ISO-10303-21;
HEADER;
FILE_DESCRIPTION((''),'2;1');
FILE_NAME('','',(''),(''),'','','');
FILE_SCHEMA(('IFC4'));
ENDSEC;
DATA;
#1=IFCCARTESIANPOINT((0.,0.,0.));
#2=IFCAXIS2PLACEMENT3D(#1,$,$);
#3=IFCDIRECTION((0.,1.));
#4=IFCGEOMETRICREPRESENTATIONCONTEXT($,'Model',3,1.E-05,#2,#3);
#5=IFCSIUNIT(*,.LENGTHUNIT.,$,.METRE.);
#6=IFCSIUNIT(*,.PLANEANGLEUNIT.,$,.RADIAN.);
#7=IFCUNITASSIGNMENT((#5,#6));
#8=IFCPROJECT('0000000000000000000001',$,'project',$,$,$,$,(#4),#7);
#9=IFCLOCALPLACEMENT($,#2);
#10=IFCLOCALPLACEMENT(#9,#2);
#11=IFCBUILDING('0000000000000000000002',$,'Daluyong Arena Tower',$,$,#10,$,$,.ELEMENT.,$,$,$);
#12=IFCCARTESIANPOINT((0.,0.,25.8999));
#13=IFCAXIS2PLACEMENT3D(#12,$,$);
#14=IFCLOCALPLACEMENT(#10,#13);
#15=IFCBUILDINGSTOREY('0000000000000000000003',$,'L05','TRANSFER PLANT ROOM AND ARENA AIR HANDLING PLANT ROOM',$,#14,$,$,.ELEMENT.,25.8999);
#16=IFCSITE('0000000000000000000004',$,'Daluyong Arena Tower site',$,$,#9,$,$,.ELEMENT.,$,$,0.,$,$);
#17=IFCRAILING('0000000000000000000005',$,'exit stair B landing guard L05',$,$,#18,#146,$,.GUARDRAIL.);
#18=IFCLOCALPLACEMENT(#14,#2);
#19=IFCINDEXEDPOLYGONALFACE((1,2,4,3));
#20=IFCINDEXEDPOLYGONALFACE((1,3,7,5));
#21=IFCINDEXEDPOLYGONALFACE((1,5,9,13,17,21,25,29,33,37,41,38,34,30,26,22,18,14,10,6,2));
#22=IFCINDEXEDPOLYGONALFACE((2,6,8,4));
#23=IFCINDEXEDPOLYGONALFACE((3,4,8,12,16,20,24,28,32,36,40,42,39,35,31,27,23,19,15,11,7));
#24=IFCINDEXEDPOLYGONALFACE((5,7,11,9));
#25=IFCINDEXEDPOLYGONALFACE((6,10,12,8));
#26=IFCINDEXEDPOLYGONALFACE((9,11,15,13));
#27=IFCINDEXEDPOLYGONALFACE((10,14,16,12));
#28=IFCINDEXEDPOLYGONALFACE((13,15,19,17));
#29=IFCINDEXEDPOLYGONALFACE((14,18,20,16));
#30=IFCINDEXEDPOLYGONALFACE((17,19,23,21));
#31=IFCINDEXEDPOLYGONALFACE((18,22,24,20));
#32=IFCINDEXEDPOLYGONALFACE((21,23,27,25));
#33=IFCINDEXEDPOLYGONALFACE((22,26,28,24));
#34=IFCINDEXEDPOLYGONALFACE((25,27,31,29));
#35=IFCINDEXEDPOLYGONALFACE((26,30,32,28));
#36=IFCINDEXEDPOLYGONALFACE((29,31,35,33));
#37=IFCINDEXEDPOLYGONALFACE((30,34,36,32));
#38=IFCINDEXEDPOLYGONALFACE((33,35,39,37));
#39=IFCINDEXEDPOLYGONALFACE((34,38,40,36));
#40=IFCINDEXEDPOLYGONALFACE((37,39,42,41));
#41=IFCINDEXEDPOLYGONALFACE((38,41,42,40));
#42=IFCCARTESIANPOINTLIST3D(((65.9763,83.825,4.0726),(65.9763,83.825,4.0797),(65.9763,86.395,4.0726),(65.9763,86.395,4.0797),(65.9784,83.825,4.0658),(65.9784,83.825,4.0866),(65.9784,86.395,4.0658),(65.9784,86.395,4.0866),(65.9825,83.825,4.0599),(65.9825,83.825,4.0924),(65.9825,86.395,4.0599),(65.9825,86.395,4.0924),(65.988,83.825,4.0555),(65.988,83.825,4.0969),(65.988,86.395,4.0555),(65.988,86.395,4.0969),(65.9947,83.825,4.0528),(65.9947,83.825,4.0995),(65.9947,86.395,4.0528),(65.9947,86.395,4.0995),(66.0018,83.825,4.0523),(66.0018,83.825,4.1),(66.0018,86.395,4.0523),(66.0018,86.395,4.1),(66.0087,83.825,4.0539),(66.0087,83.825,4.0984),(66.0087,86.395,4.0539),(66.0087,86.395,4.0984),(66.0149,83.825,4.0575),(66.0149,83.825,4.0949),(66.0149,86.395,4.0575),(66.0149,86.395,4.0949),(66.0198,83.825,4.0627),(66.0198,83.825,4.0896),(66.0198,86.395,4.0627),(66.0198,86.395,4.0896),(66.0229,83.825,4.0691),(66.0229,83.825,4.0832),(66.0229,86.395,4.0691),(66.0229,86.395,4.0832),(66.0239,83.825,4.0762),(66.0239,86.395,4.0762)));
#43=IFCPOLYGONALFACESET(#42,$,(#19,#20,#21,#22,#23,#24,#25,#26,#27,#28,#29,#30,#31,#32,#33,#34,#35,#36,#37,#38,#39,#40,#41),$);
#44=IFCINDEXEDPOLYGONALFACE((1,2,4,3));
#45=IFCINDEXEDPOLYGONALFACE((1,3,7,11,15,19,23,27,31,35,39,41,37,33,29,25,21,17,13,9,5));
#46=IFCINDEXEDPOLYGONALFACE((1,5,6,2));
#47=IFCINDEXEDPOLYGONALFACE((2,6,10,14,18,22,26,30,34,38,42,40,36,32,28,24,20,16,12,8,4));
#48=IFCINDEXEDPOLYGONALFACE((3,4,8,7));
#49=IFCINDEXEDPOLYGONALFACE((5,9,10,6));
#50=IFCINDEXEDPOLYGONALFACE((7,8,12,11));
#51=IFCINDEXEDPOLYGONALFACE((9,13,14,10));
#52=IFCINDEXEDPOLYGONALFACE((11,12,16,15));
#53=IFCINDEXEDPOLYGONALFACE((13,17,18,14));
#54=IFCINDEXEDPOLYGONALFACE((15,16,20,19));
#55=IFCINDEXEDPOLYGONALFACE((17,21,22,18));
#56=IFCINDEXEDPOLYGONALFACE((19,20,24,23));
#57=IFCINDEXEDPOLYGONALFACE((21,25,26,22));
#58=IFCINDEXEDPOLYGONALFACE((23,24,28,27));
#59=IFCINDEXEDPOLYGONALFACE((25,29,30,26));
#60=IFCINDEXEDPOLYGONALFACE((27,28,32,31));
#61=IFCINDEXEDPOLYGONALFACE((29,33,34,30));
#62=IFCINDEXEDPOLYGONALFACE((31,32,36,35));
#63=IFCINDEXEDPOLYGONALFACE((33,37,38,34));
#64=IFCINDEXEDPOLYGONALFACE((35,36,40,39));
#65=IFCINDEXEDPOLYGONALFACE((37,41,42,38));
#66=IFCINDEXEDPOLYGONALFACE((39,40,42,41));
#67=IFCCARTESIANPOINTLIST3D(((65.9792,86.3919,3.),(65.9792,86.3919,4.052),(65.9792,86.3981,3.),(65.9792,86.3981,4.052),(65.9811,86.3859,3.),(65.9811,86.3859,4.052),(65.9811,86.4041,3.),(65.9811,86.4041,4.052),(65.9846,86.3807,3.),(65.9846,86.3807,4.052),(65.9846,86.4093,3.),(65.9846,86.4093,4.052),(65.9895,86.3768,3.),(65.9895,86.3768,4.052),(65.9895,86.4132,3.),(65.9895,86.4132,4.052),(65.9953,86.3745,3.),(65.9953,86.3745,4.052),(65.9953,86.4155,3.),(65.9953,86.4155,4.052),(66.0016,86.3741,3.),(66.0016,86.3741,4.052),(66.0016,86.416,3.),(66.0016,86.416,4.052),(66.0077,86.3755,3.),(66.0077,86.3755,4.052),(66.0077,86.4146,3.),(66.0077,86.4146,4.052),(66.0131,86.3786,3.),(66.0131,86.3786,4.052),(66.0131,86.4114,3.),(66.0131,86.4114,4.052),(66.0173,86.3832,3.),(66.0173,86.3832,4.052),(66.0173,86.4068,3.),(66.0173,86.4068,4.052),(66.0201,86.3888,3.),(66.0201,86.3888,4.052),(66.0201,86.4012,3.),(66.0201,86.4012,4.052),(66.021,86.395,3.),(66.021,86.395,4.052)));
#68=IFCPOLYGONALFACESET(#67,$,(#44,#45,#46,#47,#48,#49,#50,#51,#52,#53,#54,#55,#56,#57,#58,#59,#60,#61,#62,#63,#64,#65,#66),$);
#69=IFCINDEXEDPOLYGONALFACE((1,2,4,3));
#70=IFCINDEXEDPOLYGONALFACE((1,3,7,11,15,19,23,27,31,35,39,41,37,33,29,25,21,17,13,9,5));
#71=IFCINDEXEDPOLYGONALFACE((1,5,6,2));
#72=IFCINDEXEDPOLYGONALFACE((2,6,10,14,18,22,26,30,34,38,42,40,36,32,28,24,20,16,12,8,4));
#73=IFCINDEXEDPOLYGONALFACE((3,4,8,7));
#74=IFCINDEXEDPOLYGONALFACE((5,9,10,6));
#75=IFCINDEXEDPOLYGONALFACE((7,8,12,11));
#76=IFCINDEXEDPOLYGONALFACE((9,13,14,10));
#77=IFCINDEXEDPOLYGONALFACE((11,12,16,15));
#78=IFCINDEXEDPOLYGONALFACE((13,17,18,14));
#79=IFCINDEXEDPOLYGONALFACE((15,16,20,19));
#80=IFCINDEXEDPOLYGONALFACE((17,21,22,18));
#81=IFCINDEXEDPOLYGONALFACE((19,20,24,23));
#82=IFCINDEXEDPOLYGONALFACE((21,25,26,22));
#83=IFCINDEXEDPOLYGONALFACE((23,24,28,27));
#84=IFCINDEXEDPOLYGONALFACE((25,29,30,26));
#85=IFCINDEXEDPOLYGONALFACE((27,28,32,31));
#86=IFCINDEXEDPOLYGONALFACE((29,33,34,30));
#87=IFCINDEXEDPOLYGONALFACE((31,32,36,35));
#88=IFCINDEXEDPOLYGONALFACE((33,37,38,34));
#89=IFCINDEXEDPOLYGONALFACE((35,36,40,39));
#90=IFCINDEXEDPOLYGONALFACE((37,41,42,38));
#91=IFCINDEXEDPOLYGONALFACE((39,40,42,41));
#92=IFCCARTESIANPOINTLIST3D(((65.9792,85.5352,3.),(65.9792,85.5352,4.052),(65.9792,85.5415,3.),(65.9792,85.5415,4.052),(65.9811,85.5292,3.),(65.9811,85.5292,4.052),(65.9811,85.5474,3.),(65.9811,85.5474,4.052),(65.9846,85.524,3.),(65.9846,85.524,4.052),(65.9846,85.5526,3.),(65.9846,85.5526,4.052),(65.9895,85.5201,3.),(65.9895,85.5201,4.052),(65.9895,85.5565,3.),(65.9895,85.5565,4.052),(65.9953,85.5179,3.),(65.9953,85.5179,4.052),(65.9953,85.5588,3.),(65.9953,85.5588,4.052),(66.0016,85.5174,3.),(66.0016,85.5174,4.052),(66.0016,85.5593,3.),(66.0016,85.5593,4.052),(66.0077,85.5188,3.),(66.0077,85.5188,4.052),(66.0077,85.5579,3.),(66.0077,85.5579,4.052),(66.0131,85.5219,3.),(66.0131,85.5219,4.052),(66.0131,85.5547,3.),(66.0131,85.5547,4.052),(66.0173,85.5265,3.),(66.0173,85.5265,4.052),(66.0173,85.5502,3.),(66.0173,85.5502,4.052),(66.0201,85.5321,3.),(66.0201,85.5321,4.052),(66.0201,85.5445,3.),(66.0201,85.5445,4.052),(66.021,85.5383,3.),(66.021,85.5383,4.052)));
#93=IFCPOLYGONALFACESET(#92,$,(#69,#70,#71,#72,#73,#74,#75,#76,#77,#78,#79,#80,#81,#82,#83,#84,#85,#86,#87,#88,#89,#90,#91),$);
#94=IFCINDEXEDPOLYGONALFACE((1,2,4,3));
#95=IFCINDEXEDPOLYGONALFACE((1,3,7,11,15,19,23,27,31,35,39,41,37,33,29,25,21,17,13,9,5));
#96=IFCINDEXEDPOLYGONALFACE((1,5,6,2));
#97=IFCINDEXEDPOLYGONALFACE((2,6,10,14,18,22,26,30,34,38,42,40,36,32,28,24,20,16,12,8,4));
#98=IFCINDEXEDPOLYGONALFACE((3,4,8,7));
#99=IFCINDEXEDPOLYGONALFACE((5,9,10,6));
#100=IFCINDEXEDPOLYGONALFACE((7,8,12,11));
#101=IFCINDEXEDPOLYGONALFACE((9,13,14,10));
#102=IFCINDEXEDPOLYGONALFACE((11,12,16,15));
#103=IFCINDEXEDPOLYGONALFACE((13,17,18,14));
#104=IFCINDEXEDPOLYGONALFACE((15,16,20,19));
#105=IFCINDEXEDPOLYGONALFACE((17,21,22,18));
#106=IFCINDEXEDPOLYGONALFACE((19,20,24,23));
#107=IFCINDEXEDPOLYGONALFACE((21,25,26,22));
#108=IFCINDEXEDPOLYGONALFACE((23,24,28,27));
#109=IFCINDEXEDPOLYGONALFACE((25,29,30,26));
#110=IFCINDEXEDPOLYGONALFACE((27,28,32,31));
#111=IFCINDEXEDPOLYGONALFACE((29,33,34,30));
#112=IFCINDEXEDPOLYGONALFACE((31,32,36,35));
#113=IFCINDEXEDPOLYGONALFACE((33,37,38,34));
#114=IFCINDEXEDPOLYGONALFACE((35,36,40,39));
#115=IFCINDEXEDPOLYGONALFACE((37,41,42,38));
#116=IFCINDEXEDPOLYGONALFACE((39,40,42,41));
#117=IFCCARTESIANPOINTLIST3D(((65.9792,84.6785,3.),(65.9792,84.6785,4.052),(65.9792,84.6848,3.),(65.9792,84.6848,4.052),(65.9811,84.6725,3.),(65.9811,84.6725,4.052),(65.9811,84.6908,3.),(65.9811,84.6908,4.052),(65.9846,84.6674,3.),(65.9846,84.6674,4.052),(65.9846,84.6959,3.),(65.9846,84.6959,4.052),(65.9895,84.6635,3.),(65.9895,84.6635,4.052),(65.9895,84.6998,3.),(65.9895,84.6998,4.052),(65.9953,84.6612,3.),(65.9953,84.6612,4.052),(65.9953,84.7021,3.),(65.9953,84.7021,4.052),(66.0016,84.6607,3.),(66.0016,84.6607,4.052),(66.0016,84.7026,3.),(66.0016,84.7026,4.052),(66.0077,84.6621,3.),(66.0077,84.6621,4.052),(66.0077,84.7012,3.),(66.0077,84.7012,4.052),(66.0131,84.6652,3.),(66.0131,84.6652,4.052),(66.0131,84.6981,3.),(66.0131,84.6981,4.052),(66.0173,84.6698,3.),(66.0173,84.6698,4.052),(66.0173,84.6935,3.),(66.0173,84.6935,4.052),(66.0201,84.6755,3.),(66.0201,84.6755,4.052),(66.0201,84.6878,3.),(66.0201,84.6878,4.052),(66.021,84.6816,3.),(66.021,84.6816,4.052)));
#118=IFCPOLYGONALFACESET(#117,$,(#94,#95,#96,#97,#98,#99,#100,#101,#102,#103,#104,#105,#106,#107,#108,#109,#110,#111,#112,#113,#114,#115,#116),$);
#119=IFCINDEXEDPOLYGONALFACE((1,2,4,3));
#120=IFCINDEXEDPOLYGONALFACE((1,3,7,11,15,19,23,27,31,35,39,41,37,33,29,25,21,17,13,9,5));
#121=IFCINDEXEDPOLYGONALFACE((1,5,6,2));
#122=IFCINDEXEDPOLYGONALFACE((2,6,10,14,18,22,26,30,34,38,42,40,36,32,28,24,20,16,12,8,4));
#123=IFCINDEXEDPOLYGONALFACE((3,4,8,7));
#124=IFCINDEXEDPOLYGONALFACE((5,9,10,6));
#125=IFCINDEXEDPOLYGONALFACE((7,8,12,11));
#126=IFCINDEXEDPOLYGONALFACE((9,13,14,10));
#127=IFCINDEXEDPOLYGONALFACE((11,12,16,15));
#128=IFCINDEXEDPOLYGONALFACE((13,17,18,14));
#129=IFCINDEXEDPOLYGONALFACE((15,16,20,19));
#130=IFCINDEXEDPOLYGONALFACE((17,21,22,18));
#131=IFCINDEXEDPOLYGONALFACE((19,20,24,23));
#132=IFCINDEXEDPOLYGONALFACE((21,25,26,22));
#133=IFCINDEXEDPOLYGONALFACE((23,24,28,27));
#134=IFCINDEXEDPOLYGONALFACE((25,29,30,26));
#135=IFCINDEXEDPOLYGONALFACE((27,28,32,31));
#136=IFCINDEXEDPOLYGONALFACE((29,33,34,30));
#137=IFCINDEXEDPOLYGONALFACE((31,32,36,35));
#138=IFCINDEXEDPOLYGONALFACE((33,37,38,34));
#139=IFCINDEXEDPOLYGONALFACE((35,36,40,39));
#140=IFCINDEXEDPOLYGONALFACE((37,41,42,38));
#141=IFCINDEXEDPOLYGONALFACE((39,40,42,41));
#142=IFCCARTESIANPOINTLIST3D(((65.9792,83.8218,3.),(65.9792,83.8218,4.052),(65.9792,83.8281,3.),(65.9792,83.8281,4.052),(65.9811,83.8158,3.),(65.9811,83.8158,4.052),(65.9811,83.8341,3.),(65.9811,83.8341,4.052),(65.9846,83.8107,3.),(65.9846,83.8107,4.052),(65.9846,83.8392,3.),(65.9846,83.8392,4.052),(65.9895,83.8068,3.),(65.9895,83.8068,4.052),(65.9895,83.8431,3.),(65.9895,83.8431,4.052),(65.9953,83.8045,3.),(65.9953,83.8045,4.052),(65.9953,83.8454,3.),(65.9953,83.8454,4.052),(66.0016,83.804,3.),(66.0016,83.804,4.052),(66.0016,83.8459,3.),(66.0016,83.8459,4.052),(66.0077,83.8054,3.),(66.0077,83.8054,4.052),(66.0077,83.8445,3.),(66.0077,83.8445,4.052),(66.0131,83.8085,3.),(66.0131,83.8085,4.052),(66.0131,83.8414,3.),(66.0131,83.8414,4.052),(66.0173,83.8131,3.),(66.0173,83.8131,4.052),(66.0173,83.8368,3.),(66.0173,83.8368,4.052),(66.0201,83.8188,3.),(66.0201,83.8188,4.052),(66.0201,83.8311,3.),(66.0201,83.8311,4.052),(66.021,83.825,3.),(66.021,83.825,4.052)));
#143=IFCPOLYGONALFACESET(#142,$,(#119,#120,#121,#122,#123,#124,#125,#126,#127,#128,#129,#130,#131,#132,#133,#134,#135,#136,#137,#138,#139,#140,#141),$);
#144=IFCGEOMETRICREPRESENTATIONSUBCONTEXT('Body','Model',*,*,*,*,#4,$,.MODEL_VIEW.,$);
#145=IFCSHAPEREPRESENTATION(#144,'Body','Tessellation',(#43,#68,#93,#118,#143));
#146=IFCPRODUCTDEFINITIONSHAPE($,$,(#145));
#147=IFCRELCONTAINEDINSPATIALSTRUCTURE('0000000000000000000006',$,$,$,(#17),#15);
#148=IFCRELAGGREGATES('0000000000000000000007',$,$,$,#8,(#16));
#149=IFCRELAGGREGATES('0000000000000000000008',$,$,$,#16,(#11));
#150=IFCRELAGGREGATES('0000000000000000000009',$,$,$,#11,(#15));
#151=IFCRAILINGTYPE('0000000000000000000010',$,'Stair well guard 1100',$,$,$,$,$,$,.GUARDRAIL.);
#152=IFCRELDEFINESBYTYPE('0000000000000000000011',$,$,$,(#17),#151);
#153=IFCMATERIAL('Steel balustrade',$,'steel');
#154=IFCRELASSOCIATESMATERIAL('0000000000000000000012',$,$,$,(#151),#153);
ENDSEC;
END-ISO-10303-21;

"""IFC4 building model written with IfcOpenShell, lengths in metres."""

from ifc_helpers import new_model, si_unit, direction, frame, origin, origin_2d, place, context, subcontext, project, spatial, circle, extrude, material, type_object, element, save


model = new_model("IFC4")

# Units and contexts
model_context = context("Model", 3, precision=1e-05, world=origin(), true_north=direction((0.0, 1.0)))
body_context = subcontext(model_context, "Body", "Model", "MODEL_VIEW")
ifc_project = project(units=[si_unit("LENGTHUNIT", "METRE"), si_unit("PLANEANGLEUNIT", "RADIAN")], contexts=[model_context])

# Site, building, storey
site_placement = place(None, origin())
site = spatial("IfcSite", under=ifc_project, at=site_placement, Name="Daluyong Arena Tower site", CompositionType="ELEMENT", RefElevation=0.0)
building_placement = place(site_placement, origin())
building = spatial("IfcBuilding", under=site, at=building_placement, Name="Daluyong Arena Tower", CompositionType="ELEMENT")
storey_placement = place(building_placement, frame((0.0, 0.0, 25.8999)))
storey = spatial("IfcBuildingStorey", under=building, at=storey_placement, Name="L05", Description="TRANSFER PLANT ROOM AND ARENA AIR HANDLING PLANT ROOM", CompositionType="ELEMENT", Elevation=25.8999)

# Railing
ifc_material_1 = material(Name="Steel balustrade", Category="steel")
railing_type_1 = type_object("IfcRailingType", Name="Stair well guard 1100", PredefinedType="GUARDRAIL", material=ifc_material_1)
for number, where, name in (
    (1, (66.0, 86.395, 3.0), "exit stair B landing guard L05"),
):
    element("IfcRailing", number, at=place(storey_placement, frame(where)), inside=storey, type_object=railing_type_1, Name=name, PredefinedType="GUARDRAIL", context=body_context, shape_type="SweptSolid", body=[
        extrude(circle(Radius=0.0239, at=origin_2d()), frame((0.0, 0.0, 1.0762), z_axis=(0.0, -1.0, 0.0), x_axis=(1.0, 0.0, 0.0)), (0.0, 0.0, 1.0), 2.5701),
        extrude(circle(Radius=0.021, at=origin_2d()), origin(), (0.0, 0.0, 1.0), 1.052),
        extrude(circle(Radius=0.021, at=origin_2d()), frame((0.0, -0.8567, 0.0)), (0.0, 0.0, 1.0), 1.052),
        extrude(circle(Radius=0.021, at=origin_2d()), frame((0.0, -1.7134, 0.0)), (0.0, 0.0, 1.0), 1.052),
        extrude(circle(Radius=0.021, at=origin_2d()), frame((0.0, -2.5701, 0.0)), (0.0, 0.0, 1.0), 1.052),
    ])

save(model, "model.ifc")
